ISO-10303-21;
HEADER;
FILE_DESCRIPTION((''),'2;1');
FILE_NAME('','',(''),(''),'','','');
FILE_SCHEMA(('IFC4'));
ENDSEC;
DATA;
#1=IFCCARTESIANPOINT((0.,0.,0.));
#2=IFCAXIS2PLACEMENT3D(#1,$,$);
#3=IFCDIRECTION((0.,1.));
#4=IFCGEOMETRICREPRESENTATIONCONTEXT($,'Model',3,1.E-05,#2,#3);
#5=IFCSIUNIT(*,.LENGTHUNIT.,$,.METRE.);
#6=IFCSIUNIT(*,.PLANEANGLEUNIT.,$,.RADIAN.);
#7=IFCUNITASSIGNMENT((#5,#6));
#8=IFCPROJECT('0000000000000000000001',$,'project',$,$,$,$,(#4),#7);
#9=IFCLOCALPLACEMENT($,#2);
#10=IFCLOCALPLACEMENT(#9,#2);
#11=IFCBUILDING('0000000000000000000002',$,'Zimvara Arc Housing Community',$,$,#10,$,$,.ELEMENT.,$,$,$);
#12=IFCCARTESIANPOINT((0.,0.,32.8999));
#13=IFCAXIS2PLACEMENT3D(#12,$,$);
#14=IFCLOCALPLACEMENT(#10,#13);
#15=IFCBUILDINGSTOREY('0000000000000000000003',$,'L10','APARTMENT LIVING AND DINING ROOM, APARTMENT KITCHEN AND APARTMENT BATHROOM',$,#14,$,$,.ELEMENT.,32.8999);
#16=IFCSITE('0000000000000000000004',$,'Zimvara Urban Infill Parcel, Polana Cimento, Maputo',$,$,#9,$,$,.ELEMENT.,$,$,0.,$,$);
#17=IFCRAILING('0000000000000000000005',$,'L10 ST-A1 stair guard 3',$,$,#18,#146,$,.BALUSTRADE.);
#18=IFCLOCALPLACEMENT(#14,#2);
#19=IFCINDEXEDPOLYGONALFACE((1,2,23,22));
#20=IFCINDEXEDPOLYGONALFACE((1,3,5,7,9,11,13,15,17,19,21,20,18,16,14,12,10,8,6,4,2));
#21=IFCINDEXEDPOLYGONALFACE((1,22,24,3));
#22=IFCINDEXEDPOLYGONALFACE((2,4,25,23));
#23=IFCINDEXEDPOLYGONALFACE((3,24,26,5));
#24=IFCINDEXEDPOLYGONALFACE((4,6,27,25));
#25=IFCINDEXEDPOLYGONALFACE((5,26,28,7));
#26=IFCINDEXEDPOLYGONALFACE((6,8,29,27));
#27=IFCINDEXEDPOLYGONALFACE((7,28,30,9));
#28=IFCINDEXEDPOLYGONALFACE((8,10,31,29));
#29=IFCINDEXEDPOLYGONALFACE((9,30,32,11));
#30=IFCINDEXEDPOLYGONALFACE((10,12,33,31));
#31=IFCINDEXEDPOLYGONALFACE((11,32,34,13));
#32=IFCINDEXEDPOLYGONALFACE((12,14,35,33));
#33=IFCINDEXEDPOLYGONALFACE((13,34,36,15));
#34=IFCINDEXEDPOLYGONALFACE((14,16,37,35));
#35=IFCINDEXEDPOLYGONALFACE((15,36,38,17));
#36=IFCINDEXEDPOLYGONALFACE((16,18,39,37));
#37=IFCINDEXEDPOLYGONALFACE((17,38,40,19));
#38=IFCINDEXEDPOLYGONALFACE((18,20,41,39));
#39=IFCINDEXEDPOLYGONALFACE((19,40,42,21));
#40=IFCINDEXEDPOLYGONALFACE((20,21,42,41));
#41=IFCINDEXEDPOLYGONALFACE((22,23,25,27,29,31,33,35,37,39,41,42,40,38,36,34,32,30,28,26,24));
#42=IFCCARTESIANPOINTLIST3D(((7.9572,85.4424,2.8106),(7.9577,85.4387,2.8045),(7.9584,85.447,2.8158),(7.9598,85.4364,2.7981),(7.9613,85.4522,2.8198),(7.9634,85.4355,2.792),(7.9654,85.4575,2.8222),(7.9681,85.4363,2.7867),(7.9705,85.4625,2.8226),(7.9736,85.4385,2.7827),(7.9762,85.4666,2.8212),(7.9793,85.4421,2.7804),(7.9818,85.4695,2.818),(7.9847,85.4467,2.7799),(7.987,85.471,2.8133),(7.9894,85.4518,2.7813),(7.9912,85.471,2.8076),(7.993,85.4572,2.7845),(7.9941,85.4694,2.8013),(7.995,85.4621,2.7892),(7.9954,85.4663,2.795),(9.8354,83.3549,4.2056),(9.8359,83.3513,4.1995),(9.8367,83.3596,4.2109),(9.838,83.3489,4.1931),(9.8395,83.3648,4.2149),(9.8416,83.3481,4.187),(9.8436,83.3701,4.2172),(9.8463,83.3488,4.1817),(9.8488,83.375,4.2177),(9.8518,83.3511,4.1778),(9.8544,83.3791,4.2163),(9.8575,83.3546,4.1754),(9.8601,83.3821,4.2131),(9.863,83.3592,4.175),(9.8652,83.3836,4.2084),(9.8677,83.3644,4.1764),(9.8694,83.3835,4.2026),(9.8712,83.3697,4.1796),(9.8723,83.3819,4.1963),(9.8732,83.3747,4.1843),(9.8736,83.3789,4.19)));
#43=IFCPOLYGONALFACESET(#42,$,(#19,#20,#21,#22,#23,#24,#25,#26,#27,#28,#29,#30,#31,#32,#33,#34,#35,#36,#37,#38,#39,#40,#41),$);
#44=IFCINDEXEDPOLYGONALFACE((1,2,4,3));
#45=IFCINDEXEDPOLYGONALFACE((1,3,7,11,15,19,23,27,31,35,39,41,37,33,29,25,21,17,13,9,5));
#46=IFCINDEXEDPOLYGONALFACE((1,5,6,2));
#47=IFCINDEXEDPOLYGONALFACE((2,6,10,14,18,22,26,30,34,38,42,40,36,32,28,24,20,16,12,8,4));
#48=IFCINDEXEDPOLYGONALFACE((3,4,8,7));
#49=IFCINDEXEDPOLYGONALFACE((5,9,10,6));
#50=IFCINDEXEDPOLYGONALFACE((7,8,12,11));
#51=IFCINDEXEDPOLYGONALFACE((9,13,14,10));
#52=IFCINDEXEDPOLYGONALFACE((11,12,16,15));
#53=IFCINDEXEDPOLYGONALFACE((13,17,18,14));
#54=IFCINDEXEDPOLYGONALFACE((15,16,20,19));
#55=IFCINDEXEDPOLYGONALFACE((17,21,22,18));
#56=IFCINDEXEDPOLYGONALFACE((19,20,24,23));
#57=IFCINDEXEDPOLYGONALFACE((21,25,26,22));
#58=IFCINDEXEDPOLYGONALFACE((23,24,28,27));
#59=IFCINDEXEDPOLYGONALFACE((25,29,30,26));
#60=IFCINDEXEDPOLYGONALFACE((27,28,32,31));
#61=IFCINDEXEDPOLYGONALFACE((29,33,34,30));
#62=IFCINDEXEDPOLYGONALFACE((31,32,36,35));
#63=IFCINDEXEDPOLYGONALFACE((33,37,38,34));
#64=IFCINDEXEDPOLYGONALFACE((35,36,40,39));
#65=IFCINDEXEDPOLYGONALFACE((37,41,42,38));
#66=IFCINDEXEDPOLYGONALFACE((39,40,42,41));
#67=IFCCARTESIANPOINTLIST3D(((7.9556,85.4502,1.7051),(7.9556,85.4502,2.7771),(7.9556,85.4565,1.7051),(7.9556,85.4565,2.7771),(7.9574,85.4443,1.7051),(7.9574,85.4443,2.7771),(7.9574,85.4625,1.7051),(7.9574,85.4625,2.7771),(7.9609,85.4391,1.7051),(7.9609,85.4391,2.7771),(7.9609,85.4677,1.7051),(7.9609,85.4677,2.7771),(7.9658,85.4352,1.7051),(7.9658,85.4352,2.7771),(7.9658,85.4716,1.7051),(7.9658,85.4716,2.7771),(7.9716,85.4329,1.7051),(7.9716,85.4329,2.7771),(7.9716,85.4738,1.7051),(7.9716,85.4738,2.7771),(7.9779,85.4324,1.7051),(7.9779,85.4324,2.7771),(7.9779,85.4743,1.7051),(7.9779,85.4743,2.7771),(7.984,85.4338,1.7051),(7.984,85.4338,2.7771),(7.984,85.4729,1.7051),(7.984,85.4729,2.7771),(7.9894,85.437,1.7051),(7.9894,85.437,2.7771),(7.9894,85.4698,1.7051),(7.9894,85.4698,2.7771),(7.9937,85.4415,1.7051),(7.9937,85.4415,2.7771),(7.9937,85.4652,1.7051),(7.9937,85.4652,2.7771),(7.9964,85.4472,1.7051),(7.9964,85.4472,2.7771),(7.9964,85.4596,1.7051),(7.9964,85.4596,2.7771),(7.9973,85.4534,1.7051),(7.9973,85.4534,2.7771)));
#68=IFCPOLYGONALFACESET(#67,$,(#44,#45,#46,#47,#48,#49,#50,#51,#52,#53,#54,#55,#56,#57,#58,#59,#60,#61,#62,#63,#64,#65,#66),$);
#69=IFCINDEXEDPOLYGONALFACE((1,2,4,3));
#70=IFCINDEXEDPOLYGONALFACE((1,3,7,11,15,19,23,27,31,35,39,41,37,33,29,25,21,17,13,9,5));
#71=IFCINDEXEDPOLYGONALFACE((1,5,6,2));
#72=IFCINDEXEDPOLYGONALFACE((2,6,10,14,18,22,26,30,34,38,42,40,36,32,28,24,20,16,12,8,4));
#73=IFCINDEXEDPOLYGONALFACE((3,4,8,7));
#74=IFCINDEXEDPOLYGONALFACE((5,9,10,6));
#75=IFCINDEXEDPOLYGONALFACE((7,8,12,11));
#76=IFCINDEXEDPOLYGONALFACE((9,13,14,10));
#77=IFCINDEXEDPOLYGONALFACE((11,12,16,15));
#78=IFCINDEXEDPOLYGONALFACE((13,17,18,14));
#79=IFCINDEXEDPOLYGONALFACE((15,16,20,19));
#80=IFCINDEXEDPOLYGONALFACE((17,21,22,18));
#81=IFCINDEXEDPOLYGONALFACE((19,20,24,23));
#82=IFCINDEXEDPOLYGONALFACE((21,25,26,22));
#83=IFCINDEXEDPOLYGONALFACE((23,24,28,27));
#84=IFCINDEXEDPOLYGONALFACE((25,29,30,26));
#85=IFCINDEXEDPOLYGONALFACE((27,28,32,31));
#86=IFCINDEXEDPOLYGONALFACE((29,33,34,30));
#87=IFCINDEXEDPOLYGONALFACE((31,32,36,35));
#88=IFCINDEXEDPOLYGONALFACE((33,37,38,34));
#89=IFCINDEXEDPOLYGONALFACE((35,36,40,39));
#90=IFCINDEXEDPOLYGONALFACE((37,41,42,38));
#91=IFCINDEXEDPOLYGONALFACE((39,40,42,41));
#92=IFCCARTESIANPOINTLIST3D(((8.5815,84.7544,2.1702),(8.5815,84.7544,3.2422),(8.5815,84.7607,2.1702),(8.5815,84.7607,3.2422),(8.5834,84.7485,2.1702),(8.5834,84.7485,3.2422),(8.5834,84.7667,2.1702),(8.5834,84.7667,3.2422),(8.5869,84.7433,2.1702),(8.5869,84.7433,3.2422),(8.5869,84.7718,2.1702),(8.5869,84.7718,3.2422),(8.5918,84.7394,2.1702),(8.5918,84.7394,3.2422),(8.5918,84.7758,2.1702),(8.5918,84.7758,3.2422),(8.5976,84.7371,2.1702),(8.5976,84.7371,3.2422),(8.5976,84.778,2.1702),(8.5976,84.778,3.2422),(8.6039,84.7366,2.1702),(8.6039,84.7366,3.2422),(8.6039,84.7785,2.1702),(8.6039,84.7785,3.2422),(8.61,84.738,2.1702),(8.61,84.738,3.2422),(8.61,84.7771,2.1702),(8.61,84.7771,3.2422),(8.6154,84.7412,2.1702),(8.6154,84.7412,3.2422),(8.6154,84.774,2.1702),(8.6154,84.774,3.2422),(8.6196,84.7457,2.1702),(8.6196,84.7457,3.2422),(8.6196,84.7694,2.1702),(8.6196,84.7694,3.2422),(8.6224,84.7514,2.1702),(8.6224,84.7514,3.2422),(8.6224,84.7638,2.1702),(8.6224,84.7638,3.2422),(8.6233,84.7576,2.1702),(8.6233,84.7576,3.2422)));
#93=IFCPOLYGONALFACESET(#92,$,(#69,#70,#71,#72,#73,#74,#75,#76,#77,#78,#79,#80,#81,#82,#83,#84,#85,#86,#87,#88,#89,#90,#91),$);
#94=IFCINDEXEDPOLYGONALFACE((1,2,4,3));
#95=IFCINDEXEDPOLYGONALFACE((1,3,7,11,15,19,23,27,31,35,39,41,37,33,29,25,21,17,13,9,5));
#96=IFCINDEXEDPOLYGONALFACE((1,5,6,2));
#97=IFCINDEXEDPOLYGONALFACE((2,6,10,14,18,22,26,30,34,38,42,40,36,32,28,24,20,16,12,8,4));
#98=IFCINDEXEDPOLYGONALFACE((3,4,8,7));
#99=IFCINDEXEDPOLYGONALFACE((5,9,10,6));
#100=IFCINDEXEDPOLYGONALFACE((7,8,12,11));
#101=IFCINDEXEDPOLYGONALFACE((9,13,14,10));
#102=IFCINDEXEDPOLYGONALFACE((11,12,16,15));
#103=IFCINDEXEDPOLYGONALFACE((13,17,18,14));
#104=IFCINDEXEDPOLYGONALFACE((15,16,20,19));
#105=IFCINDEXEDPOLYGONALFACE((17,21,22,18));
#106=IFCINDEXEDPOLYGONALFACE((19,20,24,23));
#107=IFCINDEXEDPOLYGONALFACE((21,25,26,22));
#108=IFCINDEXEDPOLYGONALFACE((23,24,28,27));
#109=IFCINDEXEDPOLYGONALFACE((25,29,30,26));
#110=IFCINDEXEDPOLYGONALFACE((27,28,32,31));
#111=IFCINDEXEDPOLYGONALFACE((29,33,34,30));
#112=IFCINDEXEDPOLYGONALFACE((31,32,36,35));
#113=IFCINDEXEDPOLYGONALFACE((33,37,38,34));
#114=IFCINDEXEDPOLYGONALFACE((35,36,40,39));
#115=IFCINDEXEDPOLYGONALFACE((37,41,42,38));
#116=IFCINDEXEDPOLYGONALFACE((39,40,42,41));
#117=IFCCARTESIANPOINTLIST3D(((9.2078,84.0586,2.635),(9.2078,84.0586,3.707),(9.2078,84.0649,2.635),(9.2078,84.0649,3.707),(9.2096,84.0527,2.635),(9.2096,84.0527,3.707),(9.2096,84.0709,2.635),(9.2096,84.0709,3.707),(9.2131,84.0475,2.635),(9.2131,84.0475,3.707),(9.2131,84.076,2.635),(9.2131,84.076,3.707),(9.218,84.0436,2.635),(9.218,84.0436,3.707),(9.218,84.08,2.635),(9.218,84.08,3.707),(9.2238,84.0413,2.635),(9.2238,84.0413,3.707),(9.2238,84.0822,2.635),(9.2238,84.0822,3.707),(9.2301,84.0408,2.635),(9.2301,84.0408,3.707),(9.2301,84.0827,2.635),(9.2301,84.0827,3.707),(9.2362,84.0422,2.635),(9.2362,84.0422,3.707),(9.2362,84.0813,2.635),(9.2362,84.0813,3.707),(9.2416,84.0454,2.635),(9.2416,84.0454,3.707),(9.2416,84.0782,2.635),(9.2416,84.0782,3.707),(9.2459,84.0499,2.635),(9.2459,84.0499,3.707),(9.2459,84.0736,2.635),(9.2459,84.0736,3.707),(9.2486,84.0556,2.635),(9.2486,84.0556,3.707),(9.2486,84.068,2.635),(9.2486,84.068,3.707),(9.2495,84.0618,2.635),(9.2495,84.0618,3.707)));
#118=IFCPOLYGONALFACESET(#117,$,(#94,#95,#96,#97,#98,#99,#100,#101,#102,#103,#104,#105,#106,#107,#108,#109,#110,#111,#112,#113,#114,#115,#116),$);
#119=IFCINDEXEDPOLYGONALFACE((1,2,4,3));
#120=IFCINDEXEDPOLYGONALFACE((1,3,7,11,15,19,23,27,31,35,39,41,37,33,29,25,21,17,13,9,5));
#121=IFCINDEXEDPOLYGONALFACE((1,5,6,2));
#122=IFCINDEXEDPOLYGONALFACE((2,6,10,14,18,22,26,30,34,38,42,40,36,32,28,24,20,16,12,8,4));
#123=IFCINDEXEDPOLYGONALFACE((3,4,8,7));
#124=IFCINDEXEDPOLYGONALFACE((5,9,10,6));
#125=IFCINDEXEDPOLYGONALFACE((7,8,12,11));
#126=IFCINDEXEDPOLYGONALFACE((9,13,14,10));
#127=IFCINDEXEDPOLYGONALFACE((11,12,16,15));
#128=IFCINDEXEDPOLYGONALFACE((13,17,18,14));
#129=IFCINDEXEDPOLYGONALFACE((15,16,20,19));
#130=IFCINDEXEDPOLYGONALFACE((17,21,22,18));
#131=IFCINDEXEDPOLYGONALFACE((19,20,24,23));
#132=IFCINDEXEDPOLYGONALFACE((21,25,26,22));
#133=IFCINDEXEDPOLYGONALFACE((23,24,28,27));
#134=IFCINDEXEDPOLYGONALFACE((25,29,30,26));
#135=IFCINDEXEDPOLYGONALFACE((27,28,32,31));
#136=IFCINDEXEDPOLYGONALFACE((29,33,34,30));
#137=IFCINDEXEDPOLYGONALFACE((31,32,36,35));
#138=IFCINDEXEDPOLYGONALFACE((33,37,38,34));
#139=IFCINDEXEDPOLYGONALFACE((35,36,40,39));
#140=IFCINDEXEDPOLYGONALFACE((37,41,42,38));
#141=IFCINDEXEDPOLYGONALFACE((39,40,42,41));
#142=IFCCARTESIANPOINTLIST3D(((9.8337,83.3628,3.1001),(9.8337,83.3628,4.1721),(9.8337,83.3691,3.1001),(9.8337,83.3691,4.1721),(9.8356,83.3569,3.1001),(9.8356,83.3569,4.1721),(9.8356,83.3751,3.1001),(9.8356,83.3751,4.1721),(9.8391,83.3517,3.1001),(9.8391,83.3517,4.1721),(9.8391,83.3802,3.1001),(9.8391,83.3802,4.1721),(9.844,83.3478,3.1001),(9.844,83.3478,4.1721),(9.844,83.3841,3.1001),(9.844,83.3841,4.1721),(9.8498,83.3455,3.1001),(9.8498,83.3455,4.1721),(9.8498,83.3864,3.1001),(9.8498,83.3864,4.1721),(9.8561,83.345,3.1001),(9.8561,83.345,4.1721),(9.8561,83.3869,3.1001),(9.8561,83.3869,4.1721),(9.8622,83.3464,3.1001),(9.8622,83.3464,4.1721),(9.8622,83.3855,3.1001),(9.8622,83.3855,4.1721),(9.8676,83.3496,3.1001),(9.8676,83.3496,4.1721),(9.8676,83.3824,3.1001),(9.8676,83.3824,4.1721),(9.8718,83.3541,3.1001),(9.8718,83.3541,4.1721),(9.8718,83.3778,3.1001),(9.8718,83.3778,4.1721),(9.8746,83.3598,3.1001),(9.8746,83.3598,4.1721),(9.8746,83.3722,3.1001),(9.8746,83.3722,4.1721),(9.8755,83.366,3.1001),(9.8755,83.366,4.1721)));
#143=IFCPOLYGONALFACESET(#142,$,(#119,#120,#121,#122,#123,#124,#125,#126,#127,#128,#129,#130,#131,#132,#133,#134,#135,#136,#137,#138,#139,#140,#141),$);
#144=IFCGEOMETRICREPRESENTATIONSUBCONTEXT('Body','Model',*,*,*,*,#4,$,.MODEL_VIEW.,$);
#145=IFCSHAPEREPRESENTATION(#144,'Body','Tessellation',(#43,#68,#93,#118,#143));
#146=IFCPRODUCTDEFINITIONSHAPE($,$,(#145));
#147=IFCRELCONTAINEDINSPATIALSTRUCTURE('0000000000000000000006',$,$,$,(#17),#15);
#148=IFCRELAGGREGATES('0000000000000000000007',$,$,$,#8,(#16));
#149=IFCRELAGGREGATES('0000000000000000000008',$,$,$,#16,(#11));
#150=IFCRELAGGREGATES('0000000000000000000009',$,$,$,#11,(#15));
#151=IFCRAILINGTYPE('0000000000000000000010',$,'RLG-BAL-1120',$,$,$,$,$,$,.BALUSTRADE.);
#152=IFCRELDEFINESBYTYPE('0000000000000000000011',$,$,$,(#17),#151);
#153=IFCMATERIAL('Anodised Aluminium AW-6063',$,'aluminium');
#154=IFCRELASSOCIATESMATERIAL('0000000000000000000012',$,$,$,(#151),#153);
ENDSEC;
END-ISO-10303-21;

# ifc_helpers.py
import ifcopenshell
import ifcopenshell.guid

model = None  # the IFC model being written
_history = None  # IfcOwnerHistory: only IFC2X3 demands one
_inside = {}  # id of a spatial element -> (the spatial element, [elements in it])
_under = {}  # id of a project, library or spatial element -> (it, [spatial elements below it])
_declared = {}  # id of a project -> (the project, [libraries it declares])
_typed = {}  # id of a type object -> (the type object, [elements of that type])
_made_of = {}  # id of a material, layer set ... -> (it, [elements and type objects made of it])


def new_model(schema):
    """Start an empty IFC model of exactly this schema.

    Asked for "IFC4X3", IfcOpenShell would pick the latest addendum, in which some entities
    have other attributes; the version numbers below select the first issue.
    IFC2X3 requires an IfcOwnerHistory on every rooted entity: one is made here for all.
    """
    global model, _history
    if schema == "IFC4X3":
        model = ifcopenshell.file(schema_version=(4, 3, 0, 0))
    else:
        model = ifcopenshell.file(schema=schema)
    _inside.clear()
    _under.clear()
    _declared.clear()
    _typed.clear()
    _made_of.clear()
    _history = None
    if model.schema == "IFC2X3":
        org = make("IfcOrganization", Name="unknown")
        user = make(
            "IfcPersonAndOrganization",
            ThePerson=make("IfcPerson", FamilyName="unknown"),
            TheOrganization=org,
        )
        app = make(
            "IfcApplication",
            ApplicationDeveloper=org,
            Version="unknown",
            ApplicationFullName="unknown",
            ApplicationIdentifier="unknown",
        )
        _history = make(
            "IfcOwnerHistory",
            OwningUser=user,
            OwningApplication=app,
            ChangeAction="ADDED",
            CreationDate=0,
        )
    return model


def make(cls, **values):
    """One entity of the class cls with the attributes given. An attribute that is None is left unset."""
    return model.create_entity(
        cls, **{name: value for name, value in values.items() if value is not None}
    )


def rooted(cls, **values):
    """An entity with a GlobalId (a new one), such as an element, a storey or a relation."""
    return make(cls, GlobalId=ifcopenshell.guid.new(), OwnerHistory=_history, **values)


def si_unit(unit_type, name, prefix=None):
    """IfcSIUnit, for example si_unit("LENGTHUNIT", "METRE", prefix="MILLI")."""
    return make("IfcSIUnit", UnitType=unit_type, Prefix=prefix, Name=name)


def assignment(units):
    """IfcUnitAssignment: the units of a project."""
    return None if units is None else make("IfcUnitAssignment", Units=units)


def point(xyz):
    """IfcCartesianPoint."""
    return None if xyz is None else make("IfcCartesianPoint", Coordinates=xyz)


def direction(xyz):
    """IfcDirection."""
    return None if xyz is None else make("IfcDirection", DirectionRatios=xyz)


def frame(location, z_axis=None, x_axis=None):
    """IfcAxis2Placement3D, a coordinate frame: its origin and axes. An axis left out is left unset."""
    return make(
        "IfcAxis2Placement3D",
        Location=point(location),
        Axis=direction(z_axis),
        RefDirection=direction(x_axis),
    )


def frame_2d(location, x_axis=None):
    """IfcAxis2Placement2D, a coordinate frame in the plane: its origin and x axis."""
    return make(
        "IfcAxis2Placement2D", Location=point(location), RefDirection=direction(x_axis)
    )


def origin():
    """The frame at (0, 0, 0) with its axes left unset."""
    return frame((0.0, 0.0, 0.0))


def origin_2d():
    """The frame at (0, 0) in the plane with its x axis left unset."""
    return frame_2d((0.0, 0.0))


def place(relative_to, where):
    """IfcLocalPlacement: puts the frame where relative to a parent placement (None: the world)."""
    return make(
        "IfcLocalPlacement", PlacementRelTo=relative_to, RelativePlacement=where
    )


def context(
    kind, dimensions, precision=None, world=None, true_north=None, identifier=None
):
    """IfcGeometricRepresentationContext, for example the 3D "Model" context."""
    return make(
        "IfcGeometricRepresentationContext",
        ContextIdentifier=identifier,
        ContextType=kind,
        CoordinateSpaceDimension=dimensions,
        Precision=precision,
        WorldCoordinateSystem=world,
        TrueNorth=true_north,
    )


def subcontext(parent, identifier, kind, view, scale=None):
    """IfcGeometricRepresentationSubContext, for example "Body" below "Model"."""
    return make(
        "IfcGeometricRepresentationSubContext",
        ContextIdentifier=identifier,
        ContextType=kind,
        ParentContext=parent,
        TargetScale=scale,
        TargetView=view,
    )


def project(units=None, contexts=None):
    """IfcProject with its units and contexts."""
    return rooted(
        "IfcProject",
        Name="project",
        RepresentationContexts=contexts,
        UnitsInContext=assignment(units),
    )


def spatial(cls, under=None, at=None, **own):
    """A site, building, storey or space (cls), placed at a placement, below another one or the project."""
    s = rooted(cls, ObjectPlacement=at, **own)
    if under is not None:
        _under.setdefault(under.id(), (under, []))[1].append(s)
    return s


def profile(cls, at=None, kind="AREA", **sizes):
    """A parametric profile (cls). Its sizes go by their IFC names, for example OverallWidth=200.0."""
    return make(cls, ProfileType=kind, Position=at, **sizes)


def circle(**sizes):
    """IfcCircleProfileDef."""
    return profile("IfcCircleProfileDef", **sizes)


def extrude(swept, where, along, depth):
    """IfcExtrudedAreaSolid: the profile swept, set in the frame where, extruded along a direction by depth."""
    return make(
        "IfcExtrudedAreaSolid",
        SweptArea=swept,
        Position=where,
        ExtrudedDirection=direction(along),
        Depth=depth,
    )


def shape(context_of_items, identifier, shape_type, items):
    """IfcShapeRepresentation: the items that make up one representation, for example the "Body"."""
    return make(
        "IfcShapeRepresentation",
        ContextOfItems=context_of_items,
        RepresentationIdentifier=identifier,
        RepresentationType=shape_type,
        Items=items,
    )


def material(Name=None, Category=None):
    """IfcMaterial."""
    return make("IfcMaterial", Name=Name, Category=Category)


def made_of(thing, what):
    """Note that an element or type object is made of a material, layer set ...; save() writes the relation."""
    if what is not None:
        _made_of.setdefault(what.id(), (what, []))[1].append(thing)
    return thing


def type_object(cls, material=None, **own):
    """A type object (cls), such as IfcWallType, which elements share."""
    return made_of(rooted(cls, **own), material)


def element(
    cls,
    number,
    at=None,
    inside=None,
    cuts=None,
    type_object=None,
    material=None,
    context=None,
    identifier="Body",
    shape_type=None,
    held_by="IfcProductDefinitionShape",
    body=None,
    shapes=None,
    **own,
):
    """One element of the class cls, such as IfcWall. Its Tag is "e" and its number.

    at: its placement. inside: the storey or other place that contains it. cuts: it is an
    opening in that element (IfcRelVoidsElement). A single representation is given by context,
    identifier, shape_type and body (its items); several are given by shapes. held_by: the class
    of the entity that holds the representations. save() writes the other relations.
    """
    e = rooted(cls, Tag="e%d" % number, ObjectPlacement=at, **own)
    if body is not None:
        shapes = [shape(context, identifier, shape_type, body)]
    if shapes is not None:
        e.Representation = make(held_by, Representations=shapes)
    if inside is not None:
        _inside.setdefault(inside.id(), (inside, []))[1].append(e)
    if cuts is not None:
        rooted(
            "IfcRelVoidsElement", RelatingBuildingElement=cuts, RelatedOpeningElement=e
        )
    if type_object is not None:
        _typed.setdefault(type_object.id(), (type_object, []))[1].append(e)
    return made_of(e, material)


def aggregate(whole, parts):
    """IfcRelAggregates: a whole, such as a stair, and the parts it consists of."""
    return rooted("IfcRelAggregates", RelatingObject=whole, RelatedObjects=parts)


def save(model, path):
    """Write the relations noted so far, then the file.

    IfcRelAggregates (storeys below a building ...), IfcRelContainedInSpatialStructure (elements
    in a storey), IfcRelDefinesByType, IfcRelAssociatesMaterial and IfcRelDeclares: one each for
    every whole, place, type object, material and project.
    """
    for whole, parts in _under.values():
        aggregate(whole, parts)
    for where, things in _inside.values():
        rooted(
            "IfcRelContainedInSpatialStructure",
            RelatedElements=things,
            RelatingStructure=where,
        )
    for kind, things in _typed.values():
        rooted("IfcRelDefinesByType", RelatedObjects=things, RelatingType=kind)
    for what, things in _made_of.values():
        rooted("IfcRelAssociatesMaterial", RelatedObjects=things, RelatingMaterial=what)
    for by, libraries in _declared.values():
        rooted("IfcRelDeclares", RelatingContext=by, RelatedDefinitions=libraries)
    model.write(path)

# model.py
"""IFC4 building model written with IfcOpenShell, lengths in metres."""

from ifc_helpers import new_model, si_unit, direction, frame, origin, origin_2d, place, context, subcontext, project, spatial, circle, extrude, material, type_object, element, save


model = new_model("IFC4")

# Units and contexts
model_context = context("Model", 3, precision=1e-05, world=origin(), true_north=direction((0.0, 1.0)))
body_context = subcontext(model_context, "Body", "Model", "MODEL_VIEW")
ifc_project = project(units=[si_unit("LENGTHUNIT", "METRE"), si_unit("PLANEANGLEUNIT", "RADIAN")], contexts=[model_context])

# Site, building, storey
site_placement = place(None, origin())
site = spatial("IfcSite", under=ifc_project, at=site_placement, Name="Zimvara Urban Infill Parcel, Polana Cimento, Maputo", CompositionType="ELEMENT", RefElevation=0.0)
building_placement = place(site_placement, origin())
building = spatial("IfcBuilding", under=site, at=building_placement, Name="Zimvara Arc Housing Community", CompositionType="ELEMENT")
storey_placement = place(building_placement, frame((0.0, 0.0, 32.8999)))
storey = spatial("IfcBuildingStorey", under=building, at=storey_placement, Name="L10", Description="APARTMENT LIVING AND DINING ROOM, APARTMENT KITCHEN AND APARTMENT BATHROOM", CompositionType="ELEMENT", Elevation=32.8999)

# Railing
ifc_material_1 = material(Name="Anodised Aluminium AW-6063", Category="aluminium")
railing_type_1 = type_object("IfcRailingType", Name="RLG-BAL-1120", PredefinedType="BALUSTRADE", material=ifc_material_1)
railing_1_placement = place(storey_placement, frame((7.9763, 85.4534, 1.7051)))
element("IfcRailing", 1, at=railing_1_placement, inside=storey, type_object=railing_type_1, Name="L10 ST-A1 stair guard 3", PredefinedType="BALUSTRADE", context=body_context, shape_type="SweptSolid", body=[
    extrude(circle(Radius=0.0239, at=origin_2d()), frame((0.0, 0.0, 1.0962), z_axis=(0.599018, -0.665749, 0.444923), x_axis=(0.743381, 0.668869, 0.0)), (0.0, 0.0, 1.0), 3.1355),
    extrude(circle(Radius=0.021, at=origin_2d()), origin(), (0.0, 0.0, 1.0), 1.072),
    extrude(circle(Radius=0.021, at=origin_2d()), frame((0.626, -0.6958, 0.4651)), (0.0, 0.0, 1.0), 1.072),
    extrude(circle(Radius=0.021, at=origin_2d()), frame((1.2522, -1.3916, 0.9299)), (0.0, 0.0, 1.0), 1.072),
    extrude(circle(Radius=0.021, at=origin_2d()), frame((1.8782, -2.0874, 1.395)), (0.0, 0.0, 1.0), 1.072),
])

save(model, "model.ifc")
